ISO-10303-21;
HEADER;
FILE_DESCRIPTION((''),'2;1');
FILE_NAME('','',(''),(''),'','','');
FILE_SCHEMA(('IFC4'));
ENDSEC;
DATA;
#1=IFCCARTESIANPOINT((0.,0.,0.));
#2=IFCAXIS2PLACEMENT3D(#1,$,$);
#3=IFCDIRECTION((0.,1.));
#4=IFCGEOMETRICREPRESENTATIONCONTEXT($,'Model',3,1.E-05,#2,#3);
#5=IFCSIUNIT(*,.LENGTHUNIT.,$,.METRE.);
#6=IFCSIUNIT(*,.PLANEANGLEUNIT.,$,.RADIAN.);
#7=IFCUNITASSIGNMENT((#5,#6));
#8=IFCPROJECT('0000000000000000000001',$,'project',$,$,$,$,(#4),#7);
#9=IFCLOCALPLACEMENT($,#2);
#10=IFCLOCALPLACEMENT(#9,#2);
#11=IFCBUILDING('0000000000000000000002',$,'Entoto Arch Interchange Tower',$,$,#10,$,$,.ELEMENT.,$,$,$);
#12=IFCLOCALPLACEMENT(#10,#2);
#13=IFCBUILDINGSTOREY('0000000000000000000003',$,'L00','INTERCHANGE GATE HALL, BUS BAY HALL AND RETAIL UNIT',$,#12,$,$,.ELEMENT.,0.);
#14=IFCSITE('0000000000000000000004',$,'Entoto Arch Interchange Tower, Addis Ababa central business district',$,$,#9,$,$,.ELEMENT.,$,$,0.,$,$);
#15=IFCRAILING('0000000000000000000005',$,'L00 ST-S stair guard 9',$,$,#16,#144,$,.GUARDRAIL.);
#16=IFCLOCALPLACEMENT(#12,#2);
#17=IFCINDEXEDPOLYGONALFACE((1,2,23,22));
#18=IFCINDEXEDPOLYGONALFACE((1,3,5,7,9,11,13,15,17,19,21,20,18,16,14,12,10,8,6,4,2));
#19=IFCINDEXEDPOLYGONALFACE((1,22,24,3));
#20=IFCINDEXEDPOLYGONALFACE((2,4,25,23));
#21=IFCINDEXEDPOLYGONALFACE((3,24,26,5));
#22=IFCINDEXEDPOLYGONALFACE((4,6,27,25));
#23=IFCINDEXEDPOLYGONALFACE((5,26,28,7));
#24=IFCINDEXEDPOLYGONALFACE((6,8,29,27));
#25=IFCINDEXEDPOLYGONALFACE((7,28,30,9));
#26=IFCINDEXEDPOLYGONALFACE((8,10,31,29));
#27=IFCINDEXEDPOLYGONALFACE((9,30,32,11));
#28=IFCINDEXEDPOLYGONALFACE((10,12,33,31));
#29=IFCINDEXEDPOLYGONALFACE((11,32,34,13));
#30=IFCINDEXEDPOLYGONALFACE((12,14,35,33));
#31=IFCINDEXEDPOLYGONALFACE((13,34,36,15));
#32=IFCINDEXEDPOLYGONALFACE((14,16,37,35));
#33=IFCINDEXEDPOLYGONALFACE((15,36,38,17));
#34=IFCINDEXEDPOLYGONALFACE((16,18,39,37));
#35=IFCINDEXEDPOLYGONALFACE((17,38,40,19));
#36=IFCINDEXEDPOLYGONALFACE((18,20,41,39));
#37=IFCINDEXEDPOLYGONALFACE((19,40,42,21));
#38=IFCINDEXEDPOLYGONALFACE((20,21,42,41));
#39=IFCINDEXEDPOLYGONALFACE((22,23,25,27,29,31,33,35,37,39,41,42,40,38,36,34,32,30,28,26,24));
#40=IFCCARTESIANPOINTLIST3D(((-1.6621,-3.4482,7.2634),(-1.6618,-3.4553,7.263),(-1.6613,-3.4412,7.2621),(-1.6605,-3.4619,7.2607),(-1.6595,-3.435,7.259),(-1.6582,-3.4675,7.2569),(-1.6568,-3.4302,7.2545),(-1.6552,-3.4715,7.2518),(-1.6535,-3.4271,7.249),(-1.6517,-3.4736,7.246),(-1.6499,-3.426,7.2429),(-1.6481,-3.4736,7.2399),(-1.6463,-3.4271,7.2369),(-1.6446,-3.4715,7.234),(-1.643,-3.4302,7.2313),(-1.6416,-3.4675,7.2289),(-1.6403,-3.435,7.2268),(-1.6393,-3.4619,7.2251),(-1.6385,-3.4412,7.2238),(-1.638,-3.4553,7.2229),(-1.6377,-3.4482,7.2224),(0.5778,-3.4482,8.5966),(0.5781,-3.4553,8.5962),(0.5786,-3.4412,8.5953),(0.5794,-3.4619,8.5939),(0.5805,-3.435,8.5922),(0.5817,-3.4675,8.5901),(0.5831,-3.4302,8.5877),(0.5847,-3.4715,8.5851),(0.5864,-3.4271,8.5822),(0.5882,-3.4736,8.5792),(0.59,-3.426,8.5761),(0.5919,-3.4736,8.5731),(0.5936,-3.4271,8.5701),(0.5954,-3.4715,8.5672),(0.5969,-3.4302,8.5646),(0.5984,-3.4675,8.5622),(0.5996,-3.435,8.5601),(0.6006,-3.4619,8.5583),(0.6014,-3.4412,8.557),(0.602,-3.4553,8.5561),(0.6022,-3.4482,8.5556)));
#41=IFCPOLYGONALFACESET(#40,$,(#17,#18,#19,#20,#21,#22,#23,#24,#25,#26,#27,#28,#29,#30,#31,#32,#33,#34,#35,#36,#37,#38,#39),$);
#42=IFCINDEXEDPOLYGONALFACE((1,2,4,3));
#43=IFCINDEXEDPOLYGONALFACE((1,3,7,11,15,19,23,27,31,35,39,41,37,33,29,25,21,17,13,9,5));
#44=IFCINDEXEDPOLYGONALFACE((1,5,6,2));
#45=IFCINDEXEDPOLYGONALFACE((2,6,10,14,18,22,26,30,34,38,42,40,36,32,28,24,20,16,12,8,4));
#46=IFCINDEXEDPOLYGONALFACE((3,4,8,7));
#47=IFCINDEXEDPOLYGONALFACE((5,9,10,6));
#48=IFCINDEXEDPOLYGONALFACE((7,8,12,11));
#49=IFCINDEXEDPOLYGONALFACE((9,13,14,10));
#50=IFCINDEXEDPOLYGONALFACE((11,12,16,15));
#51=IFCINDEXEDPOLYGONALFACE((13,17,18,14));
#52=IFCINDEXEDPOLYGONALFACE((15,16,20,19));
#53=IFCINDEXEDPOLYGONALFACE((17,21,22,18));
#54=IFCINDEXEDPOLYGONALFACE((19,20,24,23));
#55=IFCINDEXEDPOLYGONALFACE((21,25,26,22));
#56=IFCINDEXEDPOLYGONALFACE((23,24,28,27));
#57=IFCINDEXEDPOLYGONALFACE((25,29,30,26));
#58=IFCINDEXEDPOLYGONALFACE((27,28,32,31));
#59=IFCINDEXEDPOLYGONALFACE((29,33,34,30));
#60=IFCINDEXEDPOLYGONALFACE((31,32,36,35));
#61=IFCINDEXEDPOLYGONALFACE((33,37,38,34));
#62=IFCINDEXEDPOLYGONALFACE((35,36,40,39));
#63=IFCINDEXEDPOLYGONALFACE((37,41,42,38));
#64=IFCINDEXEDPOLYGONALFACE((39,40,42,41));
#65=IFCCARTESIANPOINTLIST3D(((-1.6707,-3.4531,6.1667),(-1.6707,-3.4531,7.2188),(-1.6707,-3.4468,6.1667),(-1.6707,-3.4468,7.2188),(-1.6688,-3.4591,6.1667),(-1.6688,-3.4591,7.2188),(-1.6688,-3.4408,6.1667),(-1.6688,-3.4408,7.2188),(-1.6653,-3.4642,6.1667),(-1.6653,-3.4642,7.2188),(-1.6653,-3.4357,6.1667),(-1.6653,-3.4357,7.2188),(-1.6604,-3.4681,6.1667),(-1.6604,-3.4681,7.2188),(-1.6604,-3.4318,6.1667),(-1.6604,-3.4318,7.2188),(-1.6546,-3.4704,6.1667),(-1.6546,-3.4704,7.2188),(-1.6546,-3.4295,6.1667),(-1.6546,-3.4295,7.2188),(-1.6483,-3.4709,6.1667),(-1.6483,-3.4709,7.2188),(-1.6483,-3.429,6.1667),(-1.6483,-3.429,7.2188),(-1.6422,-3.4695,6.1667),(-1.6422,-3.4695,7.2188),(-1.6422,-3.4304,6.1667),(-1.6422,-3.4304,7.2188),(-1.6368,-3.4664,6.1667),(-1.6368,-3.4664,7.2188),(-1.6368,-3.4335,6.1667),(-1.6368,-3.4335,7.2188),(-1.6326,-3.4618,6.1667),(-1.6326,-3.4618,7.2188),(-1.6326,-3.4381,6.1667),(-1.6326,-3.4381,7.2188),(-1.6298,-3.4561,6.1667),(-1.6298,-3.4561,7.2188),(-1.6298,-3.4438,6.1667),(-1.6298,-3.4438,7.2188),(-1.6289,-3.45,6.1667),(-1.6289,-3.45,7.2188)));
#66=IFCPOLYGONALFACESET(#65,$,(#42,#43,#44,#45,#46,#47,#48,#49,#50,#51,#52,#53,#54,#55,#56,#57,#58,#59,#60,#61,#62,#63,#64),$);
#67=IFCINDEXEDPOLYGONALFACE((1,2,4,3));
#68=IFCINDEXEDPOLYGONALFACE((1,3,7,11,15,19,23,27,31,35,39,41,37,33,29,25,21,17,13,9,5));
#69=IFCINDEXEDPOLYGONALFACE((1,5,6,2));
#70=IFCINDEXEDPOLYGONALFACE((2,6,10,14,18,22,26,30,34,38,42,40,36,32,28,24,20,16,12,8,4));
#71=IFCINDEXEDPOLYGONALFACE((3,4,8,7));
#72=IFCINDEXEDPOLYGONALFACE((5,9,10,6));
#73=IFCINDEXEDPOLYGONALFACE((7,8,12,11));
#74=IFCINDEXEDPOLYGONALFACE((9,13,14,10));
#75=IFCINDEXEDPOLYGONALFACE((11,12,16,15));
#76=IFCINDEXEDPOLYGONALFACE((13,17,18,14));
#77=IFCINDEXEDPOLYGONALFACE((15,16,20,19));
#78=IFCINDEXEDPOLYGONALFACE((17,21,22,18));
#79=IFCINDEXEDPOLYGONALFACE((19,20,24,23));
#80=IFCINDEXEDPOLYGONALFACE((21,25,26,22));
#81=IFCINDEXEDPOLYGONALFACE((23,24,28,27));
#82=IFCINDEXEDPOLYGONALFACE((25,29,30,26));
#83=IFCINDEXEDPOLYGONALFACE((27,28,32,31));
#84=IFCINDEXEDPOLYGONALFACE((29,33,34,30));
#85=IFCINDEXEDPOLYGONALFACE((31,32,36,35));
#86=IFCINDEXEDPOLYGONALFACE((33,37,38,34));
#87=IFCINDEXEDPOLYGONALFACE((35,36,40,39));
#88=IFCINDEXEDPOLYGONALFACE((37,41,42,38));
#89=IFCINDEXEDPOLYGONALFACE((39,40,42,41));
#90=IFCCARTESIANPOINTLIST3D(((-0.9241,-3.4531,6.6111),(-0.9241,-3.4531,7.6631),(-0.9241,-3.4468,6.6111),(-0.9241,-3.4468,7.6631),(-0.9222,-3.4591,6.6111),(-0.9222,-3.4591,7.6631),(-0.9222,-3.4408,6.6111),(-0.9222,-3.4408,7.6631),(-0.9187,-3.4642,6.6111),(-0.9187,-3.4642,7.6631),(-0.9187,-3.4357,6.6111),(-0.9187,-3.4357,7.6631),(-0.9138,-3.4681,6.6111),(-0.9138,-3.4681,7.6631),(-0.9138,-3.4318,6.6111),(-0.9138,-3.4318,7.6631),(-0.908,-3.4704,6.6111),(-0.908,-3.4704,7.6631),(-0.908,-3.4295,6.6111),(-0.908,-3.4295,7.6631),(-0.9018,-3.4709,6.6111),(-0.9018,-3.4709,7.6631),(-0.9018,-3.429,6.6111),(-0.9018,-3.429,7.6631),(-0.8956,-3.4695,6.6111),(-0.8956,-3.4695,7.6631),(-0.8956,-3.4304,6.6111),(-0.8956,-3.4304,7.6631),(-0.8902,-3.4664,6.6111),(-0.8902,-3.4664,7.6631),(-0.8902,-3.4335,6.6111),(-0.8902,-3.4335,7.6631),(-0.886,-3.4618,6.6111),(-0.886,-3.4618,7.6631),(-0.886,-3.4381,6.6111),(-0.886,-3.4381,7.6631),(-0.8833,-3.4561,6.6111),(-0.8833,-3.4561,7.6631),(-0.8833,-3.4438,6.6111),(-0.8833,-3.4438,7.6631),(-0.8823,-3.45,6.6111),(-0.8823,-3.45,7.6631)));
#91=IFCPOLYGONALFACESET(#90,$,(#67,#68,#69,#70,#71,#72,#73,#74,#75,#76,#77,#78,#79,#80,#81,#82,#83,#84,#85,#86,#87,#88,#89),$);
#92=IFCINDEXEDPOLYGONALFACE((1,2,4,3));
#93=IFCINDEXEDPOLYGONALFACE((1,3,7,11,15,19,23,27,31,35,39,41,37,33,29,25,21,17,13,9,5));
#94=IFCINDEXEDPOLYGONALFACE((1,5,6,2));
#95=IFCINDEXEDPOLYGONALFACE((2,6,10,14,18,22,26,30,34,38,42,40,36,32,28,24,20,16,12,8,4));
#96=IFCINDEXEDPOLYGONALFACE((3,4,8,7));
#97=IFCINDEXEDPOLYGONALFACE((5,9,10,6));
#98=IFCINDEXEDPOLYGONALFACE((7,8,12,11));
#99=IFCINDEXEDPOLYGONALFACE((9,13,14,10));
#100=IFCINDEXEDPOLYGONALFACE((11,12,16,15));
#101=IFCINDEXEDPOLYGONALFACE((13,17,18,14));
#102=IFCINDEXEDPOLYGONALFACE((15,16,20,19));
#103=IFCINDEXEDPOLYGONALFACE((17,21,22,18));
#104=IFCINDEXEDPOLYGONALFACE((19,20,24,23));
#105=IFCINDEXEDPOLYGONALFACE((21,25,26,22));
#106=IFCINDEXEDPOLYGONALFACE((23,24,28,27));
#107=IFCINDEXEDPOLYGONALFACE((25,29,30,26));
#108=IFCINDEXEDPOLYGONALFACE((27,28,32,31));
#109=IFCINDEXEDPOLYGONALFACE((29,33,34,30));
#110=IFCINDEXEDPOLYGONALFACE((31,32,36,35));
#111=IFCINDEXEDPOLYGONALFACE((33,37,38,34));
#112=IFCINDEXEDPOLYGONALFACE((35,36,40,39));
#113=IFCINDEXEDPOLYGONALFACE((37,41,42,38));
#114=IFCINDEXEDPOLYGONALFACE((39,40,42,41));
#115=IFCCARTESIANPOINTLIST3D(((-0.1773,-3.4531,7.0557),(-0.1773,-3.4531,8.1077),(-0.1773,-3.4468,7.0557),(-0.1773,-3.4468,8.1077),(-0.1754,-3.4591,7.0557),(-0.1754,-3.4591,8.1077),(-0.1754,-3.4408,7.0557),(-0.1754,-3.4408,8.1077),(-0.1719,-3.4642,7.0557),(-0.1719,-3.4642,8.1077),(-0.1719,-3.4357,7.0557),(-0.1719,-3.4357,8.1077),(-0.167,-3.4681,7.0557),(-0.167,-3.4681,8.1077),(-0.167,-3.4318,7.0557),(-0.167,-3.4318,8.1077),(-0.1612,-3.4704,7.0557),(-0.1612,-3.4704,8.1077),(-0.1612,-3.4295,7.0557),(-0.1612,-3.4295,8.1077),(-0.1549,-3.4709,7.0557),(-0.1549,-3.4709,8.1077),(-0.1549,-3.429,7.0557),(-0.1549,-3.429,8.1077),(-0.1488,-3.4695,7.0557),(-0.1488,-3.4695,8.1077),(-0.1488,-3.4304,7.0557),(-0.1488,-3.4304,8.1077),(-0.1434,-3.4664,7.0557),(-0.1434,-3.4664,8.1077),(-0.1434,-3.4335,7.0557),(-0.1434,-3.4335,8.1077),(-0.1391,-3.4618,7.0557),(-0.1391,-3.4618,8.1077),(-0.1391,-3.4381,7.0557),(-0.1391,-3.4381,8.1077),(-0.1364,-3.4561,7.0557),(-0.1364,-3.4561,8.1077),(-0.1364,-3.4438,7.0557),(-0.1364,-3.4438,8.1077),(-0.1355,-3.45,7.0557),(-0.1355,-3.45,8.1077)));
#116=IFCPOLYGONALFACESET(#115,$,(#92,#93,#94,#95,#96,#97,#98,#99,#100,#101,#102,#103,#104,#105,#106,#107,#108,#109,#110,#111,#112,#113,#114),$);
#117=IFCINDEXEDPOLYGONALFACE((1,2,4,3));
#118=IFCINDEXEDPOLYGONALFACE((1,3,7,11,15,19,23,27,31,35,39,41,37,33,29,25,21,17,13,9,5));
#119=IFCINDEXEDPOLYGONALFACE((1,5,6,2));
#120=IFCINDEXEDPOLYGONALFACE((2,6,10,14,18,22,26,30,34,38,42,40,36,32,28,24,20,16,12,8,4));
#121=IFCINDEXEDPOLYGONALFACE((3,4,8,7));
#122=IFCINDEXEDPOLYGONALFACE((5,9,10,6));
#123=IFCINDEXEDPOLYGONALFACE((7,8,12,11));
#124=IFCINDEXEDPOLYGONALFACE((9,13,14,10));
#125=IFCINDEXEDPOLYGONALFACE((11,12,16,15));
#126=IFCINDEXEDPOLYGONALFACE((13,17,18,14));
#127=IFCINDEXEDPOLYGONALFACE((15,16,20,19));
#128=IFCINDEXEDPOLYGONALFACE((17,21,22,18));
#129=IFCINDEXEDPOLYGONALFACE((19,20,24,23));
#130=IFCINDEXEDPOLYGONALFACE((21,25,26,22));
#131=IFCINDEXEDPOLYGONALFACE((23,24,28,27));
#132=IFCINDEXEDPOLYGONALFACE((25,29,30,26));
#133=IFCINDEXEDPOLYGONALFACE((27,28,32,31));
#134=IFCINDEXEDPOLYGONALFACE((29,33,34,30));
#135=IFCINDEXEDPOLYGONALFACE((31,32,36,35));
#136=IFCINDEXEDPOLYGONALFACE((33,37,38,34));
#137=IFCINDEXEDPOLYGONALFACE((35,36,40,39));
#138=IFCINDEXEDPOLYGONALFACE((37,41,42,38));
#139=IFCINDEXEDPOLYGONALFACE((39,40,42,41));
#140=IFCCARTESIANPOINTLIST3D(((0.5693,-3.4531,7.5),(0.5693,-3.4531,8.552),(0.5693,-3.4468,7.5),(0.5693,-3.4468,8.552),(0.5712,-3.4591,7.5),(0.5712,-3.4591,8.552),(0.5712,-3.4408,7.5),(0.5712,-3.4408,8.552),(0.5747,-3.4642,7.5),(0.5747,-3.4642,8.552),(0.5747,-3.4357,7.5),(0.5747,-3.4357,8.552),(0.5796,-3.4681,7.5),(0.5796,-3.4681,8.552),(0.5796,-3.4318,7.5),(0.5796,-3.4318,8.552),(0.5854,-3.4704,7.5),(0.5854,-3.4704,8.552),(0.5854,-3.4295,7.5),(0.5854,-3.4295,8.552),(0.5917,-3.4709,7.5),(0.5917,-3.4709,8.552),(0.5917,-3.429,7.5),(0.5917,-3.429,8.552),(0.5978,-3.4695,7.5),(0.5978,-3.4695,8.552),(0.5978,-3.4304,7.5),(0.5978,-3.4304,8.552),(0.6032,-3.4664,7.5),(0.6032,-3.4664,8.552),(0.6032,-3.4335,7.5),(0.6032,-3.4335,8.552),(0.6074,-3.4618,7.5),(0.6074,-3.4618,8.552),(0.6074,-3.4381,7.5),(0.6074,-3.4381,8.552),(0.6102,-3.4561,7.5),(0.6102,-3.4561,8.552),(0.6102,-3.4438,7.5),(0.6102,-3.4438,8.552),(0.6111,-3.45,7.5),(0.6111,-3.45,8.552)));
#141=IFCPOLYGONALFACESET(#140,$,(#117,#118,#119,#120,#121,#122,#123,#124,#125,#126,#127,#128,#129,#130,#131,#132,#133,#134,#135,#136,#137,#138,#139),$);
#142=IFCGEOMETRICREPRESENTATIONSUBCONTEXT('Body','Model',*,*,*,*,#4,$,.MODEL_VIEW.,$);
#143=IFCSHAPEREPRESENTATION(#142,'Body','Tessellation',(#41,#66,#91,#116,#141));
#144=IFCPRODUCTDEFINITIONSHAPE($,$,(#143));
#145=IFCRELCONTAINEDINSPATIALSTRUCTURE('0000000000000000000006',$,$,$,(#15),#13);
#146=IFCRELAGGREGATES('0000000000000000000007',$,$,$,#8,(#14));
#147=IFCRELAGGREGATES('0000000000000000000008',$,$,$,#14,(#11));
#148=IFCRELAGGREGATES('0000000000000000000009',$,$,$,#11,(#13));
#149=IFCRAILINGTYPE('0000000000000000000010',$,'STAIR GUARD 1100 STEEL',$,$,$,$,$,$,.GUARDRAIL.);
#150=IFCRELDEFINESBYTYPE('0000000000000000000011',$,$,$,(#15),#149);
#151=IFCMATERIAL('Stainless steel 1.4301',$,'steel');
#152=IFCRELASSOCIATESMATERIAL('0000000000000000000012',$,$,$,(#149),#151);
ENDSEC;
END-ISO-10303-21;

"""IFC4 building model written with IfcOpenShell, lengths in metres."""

from ifc_helpers import new_model, si_unit, direction, frame, origin, origin_2d, place, context, subcontext, project, spatial, circle, extrude, material, type_object, element, save


model = new_model("IFC4")

# Units and contexts
model_context = context("Model", 3, precision=1e-05, world=origin(), true_north=direction((0.0, 1.0)))
body_context = subcontext(model_context, "Body", "Model", "MODEL_VIEW")
ifc_project = project(units=[si_unit("LENGTHUNIT", "METRE"), si_unit("PLANEANGLEUNIT", "RADIAN")], contexts=[model_context])

# Site, building, storey
site_placement = place(None, origin())
site = spatial("IfcSite", under=ifc_project, at=site_placement, Name="Entoto Arch Interchange Tower, Addis Ababa central business district", CompositionType="ELEMENT", RefElevation=0.0)
building_placement = place(site_placement, origin())
building = spatial("IfcBuilding", under=site, at=building_placement, Name="Entoto Arch Interchange Tower", CompositionType="ELEMENT")
storey_placement = place(building_placement, origin())
storey = spatial("IfcBuildingStorey", under=building, at=storey_placement, Name="L00", Description="INTERCHANGE GATE HALL, BUS BAY HALL AND RETAIL UNIT", CompositionType="ELEMENT", Elevation=0.0)

# Railing
ifc_material_1 = material(Name="Stainless steel 1.4301", Category="steel")
railing_type_1 = type_object("IfcRailingType", Name="STAIR GUARD 1100 STEEL", PredefinedType="GUARDRAIL", material=ifc_material_1)
railing_1_placement = place(storey_placement, frame((-1.6499, -3.45, 6.1667)))
element("IfcRailing", 1, at=railing_1_placement, inside=storey, type_object=railing_type_1, Name="L00 ST-S stair guard 9", PredefinedType="GUARDRAIL", context=body_context, shape_type="SweptSolid", body=[
    extrude(circle(Radius=0.0239, at=origin_2d()), frame((0.0, 0.0, 1.0762), z_axis=(0.859306, 0.0, 0.511462), x_axis=(0.0, 1.0, 0.0)), (0.0, 0.0, 1.0), 2.6067),
    extrude(circle(Radius=0.021, at=origin_2d()), origin(), (0.0, 0.0, 1.0), 1.052),
    extrude(circle(Radius=0.021, at=origin_2d()), frame((0.7466, 0.0, 0.4443)), (0.0, 0.0, 1.0), 1.052),
    extrude(circle(Radius=0.021, at=origin_2d()), frame((1.4934, 0.0, 0.8889)), (0.0, 0.0, 1.0), 1.052),
    extrude(circle(Radius=0.021, at=origin_2d()), frame((2.24, 0.0, 1.3333)), (0.0, 0.0, 1.0), 1.052),
])

save(model, "model.ifc")
